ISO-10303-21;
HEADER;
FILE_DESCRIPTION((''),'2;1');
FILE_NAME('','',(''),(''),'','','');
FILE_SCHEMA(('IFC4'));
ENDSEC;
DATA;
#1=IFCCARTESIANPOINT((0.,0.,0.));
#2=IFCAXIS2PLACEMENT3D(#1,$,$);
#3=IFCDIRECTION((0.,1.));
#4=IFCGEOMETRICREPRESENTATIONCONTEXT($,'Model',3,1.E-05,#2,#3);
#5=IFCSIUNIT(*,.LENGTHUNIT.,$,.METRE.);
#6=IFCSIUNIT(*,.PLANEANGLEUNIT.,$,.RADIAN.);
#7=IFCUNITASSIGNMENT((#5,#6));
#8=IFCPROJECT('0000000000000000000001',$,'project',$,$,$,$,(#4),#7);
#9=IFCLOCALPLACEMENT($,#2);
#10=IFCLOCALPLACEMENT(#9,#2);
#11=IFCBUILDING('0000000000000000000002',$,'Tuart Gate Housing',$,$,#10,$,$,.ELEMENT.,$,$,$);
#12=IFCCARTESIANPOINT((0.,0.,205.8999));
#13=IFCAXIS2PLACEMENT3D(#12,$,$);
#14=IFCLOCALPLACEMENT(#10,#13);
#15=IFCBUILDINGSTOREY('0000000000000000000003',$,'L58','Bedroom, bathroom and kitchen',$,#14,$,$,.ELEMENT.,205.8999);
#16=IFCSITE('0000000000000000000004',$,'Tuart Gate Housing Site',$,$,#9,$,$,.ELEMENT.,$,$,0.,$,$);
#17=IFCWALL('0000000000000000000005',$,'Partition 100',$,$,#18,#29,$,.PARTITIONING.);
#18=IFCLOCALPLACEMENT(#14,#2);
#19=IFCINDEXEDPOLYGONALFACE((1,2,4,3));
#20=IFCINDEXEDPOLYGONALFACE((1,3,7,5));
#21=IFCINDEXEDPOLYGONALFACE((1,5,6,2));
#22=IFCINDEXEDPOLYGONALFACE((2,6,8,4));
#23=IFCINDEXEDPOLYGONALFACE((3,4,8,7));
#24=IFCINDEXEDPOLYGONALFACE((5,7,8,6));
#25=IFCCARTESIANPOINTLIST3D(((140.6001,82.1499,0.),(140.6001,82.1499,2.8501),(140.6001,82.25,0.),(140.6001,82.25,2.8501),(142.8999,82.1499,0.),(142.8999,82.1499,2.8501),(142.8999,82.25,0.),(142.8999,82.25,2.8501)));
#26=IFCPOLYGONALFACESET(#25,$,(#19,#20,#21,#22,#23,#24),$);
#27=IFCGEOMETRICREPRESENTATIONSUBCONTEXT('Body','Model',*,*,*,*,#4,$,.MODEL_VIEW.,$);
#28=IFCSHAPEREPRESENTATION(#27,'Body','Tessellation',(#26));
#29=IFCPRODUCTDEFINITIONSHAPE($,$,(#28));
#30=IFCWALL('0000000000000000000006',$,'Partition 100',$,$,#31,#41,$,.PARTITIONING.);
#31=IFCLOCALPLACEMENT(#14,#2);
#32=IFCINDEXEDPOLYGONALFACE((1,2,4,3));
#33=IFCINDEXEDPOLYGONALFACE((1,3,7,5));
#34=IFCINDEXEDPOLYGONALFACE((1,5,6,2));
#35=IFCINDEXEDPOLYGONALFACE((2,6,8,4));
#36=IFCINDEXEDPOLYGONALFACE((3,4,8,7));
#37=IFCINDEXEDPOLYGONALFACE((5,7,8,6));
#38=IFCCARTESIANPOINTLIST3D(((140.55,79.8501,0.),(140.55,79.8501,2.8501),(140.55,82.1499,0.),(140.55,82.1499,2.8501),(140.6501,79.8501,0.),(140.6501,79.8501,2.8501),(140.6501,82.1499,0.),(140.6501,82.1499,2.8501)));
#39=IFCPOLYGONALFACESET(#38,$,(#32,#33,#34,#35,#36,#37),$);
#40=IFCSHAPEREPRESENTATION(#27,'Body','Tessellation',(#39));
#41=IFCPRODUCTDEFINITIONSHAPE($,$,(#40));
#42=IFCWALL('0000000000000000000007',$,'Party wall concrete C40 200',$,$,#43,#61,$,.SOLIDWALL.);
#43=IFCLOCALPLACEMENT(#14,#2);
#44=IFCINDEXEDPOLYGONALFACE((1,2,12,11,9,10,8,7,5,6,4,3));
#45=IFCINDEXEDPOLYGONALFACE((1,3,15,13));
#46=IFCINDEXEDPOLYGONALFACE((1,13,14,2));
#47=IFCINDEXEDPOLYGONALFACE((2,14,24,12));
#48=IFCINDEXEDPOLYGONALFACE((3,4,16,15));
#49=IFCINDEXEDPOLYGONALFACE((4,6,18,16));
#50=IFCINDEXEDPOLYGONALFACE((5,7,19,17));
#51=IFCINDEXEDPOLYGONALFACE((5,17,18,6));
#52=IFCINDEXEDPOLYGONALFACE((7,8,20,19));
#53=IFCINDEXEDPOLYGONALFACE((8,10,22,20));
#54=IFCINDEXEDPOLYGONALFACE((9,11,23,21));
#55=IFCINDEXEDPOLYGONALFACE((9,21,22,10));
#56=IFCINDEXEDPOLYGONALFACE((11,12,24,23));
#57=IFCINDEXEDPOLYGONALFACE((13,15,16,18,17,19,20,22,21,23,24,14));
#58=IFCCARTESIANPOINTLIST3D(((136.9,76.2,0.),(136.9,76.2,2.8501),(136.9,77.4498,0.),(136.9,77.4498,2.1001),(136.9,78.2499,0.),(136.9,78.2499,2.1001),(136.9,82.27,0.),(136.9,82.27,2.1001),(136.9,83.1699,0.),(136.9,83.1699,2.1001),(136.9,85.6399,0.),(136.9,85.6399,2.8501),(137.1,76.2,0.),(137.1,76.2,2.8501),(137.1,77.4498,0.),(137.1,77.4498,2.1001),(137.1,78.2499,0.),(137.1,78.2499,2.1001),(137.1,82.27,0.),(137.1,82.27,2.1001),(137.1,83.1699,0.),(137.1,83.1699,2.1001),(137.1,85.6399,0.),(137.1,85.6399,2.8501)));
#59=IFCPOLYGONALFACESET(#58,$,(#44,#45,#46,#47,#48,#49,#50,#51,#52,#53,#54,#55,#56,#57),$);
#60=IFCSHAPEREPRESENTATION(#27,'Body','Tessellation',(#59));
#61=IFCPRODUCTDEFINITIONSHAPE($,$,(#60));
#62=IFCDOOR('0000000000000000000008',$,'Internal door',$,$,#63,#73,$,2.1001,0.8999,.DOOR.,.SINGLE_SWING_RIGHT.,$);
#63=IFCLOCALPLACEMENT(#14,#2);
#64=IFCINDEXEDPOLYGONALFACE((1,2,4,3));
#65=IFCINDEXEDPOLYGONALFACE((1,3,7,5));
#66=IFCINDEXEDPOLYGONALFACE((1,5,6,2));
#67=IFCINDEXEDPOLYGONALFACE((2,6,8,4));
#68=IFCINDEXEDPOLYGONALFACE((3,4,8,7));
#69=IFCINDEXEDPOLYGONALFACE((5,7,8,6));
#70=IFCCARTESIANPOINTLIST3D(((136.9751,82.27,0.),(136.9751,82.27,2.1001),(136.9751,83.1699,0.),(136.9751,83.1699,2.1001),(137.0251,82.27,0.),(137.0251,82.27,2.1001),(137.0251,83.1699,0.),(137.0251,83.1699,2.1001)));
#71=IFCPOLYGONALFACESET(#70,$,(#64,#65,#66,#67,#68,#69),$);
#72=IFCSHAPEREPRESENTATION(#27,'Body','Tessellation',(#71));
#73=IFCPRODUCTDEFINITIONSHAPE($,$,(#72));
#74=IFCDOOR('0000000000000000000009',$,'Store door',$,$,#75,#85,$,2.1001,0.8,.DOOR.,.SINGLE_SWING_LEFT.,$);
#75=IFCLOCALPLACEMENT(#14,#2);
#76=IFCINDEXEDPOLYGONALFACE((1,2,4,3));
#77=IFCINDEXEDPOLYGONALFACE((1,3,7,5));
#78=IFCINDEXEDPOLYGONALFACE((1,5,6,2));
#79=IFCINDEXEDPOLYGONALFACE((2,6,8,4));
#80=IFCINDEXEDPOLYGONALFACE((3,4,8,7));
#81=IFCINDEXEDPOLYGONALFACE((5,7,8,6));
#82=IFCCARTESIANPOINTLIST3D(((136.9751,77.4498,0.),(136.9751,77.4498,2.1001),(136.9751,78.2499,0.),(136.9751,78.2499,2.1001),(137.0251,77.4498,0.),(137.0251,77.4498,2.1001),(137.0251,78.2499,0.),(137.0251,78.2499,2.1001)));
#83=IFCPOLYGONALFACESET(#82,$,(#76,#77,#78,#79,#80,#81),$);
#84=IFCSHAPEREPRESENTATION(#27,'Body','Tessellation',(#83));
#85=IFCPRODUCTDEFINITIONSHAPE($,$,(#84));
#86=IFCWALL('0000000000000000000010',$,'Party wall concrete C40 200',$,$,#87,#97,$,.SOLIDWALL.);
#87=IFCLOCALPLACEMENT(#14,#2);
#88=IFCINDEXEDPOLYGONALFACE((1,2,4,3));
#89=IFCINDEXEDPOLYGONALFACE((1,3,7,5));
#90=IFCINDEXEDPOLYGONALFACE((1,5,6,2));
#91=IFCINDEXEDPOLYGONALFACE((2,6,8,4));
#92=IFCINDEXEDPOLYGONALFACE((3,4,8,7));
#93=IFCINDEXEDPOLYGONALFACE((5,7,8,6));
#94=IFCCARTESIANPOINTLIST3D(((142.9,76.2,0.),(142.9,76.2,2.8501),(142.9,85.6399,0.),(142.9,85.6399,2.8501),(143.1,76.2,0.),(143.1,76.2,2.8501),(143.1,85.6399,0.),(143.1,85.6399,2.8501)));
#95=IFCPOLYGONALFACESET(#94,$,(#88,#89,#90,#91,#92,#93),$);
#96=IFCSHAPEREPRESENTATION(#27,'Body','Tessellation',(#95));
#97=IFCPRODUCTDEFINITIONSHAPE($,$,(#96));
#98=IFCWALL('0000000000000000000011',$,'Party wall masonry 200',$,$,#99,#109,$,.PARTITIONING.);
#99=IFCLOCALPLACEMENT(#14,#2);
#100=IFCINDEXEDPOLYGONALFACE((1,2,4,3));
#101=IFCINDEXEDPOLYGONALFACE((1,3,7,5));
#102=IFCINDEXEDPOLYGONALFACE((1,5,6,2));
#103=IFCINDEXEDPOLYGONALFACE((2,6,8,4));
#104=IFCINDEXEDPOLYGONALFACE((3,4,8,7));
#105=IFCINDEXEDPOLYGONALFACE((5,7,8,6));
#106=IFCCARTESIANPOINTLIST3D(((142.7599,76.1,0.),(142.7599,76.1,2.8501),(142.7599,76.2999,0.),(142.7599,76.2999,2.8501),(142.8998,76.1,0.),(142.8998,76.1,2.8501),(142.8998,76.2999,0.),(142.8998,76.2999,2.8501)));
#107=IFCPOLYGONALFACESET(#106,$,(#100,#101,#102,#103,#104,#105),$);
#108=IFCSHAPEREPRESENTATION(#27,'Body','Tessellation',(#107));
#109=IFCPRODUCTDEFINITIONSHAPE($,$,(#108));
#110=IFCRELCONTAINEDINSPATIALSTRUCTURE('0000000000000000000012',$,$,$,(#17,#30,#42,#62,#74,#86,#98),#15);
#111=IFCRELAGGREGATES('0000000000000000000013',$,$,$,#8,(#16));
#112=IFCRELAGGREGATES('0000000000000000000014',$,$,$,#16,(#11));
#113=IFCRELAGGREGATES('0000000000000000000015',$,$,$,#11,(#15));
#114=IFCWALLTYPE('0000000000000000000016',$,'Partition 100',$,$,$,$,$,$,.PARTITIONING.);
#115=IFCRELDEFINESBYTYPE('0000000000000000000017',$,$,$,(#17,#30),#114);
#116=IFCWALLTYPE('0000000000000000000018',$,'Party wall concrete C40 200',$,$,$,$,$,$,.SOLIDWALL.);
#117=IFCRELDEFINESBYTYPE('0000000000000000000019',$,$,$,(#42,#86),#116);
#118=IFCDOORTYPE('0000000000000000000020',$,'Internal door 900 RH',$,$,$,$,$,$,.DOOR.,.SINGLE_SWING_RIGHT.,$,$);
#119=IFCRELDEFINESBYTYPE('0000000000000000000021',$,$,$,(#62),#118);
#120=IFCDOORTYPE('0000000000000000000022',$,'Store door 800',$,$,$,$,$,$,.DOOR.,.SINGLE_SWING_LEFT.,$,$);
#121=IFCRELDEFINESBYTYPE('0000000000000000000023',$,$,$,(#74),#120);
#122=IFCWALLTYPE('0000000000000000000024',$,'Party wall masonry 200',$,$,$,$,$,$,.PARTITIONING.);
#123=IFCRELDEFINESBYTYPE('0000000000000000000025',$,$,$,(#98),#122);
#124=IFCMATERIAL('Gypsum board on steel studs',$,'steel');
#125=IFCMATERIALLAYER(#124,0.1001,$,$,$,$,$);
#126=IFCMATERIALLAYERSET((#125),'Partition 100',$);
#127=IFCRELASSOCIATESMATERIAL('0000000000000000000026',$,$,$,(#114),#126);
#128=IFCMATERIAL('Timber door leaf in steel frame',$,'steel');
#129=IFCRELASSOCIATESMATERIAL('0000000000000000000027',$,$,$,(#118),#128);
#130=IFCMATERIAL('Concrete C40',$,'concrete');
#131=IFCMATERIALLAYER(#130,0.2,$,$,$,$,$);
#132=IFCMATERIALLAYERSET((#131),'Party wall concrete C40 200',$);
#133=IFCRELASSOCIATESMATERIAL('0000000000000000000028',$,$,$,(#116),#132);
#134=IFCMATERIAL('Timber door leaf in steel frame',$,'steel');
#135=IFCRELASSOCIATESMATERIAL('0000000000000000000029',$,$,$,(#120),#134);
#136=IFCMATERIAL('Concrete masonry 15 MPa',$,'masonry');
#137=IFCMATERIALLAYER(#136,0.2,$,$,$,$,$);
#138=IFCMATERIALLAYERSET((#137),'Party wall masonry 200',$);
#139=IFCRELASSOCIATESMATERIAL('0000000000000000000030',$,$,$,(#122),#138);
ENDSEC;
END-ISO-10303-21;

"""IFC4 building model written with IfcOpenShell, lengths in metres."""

from ifc_helpers import new_model, si_unit, direction, frame, frame_2d, origin, place, context, subcontext, project, spatial, rectangle, extrude, material, layer, layer_set, type_object, element, fill, save


model = new_model("IFC4")

# Units and contexts
model_context = context("Model", 3, precision=1e-05, world=origin(), true_north=direction((0.0, 1.0)))
body_context = subcontext(model_context, "Body", "Model", "MODEL_VIEW")
ifc_project = project(units=[si_unit("LENGTHUNIT", "METRE"), si_unit("PLANEANGLEUNIT", "RADIAN")], contexts=[model_context])

# Site, building, storey
site_placement = place(None, origin())
site = spatial("IfcSite", under=ifc_project, at=site_placement, Name="Tuart Gate Housing Site", CompositionType="ELEMENT", RefElevation=0.0)
building_placement = place(site_placement, origin())
building = spatial("IfcBuilding", under=site, at=building_placement, Name="Tuart Gate Housing", CompositionType="ELEMENT")
storey_placement = place(building_placement, frame((0.0, 0.0, 205.8999)))
storey = spatial("IfcBuildingStorey", under=building, at=storey_placement, Name="L58", Description="Bedroom, bathroom and kitchen", CompositionType="ELEMENT", Elevation=205.8999)

# Shared definitions
ifc_material_1 = material(Name="Gypsum board on steel studs", Category="steel")
ifc_layer_1 = layer(ifc_material_1, 0.1001)
ifc_layer_set_1 = layer_set([ifc_layer_1], Name="Partition 100")
wall_type_1 = type_object("IfcWallType", Name="Partition 100", PredefinedType="PARTITIONING", material=ifc_layer_set_1)

# Shared definitions
ifc_material_2 = material(Name="Timber door leaf in steel frame", Category="steel")
door_type_1 = type_object("IfcDoorType", Name="Internal door 900 RH", OperationType="SINGLE_SWING_RIGHT", PredefinedType="DOOR", material=ifc_material_2)

# Walls
for number, where, z_axis, x_axis, name in (
    (1, (140.6001, 82.2, 0.0), (0.0, 0.0, 1.0), (1.0, 0.0, 0.0), "Partition 100"),
    (2, (140.6001, 79.8501, 0.0), (0.0, 0.0, 1.0), (0.0, 1.0, 0.0), "Partition 100"),
):
    element("IfcWall", number, at=place(storey_placement, frame(where, z_axis=z_axis, x_axis=x_axis)), inside=storey, type_object=wall_type_1, Name=name, PredefinedType="PARTITIONING", context=body_context, shape_type="SweptSolid", body=[
        extrude(rectangle(XDim=2.2998, YDim=0.1001, at=frame_2d((1.1499, 0.0))), origin(), (0.0, 0.0, 1.0), 2.8501),
    ])

# Wall, openings, doors
ifc_material_3 = material(Name="Concrete C40", Category="concrete")
ifc_layer_2 = layer(ifc_material_3, 0.2)
ifc_layer_set_2 = layer_set([ifc_layer_2], Name="Party wall concrete C40 200")
wall_type_2 = type_object("IfcWallType", Name="Party wall concrete C40 200", PredefinedType="SOLIDWALL", material=ifc_layer_set_2)
wall_1_placement = place(storey_placement, frame((137.0, 76.2, 0.0), z_axis=(0.0, 0.0, 1.0), x_axis=(0.0, 1.0, 0.0)))
wall_1 = element("IfcWall", 3, at=wall_1_placement, inside=storey, type_object=wall_type_2, Name="Party wall concrete C40 200", PredefinedType="SOLIDWALL", context=body_context, shape_type="SweptSolid", body=[
    extrude(rectangle(XDim=9.4399, YDim=0.2, at=frame_2d((4.72, 0.0))), origin(), (0.0, 0.0, 1.0), 2.8501),
])
opening_1_placement = place(wall_1_placement, frame((6.0701, 0.0, 0.0)))
opening_1 = element("IfcOpeningElement", 4, at=opening_1_placement, cuts=wall_1, PredefinedType="OPENING", context=body_context, shape_type="SweptSolid", body=[
    extrude(rectangle(XDim=0.8999, YDim=2.1001, at=frame_2d((0.45, 1.05))), frame((0.0, 0.1099, 0.0), z_axis=(0.0, -1.0, 0.0), x_axis=(1.0, 0.0, 0.0)), (0.0, 0.0, 1.0), 0.22),
])
opening_2_placement = place(wall_1_placement, frame((1.25, 0.0, 0.0)))
opening_2 = element("IfcOpeningElement", 5, at=opening_2_placement, cuts=wall_1, PredefinedType="OPENING", context=body_context, shape_type="SweptSolid", body=[
    extrude(rectangle(XDim=0.8, YDim=2.1001, at=frame_2d((0.3999, 1.05))), frame((0.0, 0.1099, 0.0), z_axis=(0.0, -1.0, 0.0), x_axis=(1.0, 0.0, 0.0)), (0.0, 0.0, 1.0), 0.22),
])
door_1_placement = place(opening_1_placement, origin())
door_1 = element("IfcDoor", 6, at=door_1_placement, inside=storey, type_object=door_type_1, Name="Internal door", OperationType="SINGLE_SWING_RIGHT", OverallHeight=2.1001, OverallWidth=0.8999, PredefinedType="DOOR", context=body_context, shape_type="SweptSolid", body=[
    extrude(rectangle(XDim=0.8999, YDim=2.1001, at=frame_2d((0.45, 1.05))), frame((0.0, 0.0249, 0.0), z_axis=(0.0, -1.0, 0.0), x_axis=(1.0, 0.0, 0.0)), (0.0, 0.0, 1.0), 0.05),
])
fill(opening_1, door_1)
ifc_material_4 = material(Name="Timber door leaf in steel frame", Category="steel")
door_type_2 = type_object("IfcDoorType", Name="Store door 800", OperationType="SINGLE_SWING_LEFT", PredefinedType="DOOR", material=ifc_material_4)
door_2_placement = place(opening_2_placement, origin())
door_2 = element("IfcDoor", 7, at=door_2_placement, inside=storey, type_object=door_type_2, Name="Store door", OperationType="SINGLE_SWING_LEFT", OverallHeight=2.1001, OverallWidth=0.8, PredefinedType="DOOR", context=body_context, shape_type="SweptSolid", body=[
    extrude(rectangle(XDim=0.8, YDim=2.1001, at=frame_2d((0.3999, 1.05))), frame((0.0, 0.0249, 0.0), z_axis=(0.0, -1.0, 0.0), x_axis=(1.0, 0.0, 0.0)), (0.0, 0.0, 1.0), 0.05),
])
fill(opening_2, door_2)

# Walls
wall_2_placement = place(storey_placement, frame((143.0, 76.2, 0.0), z_axis=(0.0, 0.0, 1.0), x_axis=(0.0, 1.0, 0.0)))
element("IfcWall", 8, at=wall_2_placement, inside=storey, type_object=wall_type_2, Name="Party wall concrete C40 200", PredefinedType="SOLIDWALL", context=body_context, shape_type="SweptSolid", body=[
    extrude(rectangle(XDim=9.4399, YDim=0.2, at=frame_2d((4.72, 0.0))), origin(), (0.0, 0.0, 1.0), 2.8501),
])
ifc_material_5 = material(Name="Concrete masonry 15 MPa", Category="masonry")
ifc_layer_3 = layer(ifc_material_5, 0.2)
ifc_layer_set_3 = layer_set([ifc_layer_3], Name="Party wall masonry 200")
wall_type_3 = type_object("IfcWallType", Name="Party wall masonry 200", PredefinedType="PARTITIONING", material=ifc_layer_set_3)
wall_3_placement = place(storey_placement, frame((142.76, 76.2, 0.0), z_axis=(0.0, 0.0, 1.0), x_axis=(1.0, 0.0, 0.0)))
element("IfcWall", 9, at=wall_3_placement, inside=storey, type_object=wall_type_3, Name="Party wall masonry 200", PredefinedType="PARTITIONING", context=body_context, shape_type="SweptSolid", body=[
    extrude(rectangle(XDim=0.1399, YDim=0.2, at=frame_2d((0.0698, 0.0))), origin(), (0.0, 0.0, 1.0), 2.8501),
])

save(model, "model.ifc")
